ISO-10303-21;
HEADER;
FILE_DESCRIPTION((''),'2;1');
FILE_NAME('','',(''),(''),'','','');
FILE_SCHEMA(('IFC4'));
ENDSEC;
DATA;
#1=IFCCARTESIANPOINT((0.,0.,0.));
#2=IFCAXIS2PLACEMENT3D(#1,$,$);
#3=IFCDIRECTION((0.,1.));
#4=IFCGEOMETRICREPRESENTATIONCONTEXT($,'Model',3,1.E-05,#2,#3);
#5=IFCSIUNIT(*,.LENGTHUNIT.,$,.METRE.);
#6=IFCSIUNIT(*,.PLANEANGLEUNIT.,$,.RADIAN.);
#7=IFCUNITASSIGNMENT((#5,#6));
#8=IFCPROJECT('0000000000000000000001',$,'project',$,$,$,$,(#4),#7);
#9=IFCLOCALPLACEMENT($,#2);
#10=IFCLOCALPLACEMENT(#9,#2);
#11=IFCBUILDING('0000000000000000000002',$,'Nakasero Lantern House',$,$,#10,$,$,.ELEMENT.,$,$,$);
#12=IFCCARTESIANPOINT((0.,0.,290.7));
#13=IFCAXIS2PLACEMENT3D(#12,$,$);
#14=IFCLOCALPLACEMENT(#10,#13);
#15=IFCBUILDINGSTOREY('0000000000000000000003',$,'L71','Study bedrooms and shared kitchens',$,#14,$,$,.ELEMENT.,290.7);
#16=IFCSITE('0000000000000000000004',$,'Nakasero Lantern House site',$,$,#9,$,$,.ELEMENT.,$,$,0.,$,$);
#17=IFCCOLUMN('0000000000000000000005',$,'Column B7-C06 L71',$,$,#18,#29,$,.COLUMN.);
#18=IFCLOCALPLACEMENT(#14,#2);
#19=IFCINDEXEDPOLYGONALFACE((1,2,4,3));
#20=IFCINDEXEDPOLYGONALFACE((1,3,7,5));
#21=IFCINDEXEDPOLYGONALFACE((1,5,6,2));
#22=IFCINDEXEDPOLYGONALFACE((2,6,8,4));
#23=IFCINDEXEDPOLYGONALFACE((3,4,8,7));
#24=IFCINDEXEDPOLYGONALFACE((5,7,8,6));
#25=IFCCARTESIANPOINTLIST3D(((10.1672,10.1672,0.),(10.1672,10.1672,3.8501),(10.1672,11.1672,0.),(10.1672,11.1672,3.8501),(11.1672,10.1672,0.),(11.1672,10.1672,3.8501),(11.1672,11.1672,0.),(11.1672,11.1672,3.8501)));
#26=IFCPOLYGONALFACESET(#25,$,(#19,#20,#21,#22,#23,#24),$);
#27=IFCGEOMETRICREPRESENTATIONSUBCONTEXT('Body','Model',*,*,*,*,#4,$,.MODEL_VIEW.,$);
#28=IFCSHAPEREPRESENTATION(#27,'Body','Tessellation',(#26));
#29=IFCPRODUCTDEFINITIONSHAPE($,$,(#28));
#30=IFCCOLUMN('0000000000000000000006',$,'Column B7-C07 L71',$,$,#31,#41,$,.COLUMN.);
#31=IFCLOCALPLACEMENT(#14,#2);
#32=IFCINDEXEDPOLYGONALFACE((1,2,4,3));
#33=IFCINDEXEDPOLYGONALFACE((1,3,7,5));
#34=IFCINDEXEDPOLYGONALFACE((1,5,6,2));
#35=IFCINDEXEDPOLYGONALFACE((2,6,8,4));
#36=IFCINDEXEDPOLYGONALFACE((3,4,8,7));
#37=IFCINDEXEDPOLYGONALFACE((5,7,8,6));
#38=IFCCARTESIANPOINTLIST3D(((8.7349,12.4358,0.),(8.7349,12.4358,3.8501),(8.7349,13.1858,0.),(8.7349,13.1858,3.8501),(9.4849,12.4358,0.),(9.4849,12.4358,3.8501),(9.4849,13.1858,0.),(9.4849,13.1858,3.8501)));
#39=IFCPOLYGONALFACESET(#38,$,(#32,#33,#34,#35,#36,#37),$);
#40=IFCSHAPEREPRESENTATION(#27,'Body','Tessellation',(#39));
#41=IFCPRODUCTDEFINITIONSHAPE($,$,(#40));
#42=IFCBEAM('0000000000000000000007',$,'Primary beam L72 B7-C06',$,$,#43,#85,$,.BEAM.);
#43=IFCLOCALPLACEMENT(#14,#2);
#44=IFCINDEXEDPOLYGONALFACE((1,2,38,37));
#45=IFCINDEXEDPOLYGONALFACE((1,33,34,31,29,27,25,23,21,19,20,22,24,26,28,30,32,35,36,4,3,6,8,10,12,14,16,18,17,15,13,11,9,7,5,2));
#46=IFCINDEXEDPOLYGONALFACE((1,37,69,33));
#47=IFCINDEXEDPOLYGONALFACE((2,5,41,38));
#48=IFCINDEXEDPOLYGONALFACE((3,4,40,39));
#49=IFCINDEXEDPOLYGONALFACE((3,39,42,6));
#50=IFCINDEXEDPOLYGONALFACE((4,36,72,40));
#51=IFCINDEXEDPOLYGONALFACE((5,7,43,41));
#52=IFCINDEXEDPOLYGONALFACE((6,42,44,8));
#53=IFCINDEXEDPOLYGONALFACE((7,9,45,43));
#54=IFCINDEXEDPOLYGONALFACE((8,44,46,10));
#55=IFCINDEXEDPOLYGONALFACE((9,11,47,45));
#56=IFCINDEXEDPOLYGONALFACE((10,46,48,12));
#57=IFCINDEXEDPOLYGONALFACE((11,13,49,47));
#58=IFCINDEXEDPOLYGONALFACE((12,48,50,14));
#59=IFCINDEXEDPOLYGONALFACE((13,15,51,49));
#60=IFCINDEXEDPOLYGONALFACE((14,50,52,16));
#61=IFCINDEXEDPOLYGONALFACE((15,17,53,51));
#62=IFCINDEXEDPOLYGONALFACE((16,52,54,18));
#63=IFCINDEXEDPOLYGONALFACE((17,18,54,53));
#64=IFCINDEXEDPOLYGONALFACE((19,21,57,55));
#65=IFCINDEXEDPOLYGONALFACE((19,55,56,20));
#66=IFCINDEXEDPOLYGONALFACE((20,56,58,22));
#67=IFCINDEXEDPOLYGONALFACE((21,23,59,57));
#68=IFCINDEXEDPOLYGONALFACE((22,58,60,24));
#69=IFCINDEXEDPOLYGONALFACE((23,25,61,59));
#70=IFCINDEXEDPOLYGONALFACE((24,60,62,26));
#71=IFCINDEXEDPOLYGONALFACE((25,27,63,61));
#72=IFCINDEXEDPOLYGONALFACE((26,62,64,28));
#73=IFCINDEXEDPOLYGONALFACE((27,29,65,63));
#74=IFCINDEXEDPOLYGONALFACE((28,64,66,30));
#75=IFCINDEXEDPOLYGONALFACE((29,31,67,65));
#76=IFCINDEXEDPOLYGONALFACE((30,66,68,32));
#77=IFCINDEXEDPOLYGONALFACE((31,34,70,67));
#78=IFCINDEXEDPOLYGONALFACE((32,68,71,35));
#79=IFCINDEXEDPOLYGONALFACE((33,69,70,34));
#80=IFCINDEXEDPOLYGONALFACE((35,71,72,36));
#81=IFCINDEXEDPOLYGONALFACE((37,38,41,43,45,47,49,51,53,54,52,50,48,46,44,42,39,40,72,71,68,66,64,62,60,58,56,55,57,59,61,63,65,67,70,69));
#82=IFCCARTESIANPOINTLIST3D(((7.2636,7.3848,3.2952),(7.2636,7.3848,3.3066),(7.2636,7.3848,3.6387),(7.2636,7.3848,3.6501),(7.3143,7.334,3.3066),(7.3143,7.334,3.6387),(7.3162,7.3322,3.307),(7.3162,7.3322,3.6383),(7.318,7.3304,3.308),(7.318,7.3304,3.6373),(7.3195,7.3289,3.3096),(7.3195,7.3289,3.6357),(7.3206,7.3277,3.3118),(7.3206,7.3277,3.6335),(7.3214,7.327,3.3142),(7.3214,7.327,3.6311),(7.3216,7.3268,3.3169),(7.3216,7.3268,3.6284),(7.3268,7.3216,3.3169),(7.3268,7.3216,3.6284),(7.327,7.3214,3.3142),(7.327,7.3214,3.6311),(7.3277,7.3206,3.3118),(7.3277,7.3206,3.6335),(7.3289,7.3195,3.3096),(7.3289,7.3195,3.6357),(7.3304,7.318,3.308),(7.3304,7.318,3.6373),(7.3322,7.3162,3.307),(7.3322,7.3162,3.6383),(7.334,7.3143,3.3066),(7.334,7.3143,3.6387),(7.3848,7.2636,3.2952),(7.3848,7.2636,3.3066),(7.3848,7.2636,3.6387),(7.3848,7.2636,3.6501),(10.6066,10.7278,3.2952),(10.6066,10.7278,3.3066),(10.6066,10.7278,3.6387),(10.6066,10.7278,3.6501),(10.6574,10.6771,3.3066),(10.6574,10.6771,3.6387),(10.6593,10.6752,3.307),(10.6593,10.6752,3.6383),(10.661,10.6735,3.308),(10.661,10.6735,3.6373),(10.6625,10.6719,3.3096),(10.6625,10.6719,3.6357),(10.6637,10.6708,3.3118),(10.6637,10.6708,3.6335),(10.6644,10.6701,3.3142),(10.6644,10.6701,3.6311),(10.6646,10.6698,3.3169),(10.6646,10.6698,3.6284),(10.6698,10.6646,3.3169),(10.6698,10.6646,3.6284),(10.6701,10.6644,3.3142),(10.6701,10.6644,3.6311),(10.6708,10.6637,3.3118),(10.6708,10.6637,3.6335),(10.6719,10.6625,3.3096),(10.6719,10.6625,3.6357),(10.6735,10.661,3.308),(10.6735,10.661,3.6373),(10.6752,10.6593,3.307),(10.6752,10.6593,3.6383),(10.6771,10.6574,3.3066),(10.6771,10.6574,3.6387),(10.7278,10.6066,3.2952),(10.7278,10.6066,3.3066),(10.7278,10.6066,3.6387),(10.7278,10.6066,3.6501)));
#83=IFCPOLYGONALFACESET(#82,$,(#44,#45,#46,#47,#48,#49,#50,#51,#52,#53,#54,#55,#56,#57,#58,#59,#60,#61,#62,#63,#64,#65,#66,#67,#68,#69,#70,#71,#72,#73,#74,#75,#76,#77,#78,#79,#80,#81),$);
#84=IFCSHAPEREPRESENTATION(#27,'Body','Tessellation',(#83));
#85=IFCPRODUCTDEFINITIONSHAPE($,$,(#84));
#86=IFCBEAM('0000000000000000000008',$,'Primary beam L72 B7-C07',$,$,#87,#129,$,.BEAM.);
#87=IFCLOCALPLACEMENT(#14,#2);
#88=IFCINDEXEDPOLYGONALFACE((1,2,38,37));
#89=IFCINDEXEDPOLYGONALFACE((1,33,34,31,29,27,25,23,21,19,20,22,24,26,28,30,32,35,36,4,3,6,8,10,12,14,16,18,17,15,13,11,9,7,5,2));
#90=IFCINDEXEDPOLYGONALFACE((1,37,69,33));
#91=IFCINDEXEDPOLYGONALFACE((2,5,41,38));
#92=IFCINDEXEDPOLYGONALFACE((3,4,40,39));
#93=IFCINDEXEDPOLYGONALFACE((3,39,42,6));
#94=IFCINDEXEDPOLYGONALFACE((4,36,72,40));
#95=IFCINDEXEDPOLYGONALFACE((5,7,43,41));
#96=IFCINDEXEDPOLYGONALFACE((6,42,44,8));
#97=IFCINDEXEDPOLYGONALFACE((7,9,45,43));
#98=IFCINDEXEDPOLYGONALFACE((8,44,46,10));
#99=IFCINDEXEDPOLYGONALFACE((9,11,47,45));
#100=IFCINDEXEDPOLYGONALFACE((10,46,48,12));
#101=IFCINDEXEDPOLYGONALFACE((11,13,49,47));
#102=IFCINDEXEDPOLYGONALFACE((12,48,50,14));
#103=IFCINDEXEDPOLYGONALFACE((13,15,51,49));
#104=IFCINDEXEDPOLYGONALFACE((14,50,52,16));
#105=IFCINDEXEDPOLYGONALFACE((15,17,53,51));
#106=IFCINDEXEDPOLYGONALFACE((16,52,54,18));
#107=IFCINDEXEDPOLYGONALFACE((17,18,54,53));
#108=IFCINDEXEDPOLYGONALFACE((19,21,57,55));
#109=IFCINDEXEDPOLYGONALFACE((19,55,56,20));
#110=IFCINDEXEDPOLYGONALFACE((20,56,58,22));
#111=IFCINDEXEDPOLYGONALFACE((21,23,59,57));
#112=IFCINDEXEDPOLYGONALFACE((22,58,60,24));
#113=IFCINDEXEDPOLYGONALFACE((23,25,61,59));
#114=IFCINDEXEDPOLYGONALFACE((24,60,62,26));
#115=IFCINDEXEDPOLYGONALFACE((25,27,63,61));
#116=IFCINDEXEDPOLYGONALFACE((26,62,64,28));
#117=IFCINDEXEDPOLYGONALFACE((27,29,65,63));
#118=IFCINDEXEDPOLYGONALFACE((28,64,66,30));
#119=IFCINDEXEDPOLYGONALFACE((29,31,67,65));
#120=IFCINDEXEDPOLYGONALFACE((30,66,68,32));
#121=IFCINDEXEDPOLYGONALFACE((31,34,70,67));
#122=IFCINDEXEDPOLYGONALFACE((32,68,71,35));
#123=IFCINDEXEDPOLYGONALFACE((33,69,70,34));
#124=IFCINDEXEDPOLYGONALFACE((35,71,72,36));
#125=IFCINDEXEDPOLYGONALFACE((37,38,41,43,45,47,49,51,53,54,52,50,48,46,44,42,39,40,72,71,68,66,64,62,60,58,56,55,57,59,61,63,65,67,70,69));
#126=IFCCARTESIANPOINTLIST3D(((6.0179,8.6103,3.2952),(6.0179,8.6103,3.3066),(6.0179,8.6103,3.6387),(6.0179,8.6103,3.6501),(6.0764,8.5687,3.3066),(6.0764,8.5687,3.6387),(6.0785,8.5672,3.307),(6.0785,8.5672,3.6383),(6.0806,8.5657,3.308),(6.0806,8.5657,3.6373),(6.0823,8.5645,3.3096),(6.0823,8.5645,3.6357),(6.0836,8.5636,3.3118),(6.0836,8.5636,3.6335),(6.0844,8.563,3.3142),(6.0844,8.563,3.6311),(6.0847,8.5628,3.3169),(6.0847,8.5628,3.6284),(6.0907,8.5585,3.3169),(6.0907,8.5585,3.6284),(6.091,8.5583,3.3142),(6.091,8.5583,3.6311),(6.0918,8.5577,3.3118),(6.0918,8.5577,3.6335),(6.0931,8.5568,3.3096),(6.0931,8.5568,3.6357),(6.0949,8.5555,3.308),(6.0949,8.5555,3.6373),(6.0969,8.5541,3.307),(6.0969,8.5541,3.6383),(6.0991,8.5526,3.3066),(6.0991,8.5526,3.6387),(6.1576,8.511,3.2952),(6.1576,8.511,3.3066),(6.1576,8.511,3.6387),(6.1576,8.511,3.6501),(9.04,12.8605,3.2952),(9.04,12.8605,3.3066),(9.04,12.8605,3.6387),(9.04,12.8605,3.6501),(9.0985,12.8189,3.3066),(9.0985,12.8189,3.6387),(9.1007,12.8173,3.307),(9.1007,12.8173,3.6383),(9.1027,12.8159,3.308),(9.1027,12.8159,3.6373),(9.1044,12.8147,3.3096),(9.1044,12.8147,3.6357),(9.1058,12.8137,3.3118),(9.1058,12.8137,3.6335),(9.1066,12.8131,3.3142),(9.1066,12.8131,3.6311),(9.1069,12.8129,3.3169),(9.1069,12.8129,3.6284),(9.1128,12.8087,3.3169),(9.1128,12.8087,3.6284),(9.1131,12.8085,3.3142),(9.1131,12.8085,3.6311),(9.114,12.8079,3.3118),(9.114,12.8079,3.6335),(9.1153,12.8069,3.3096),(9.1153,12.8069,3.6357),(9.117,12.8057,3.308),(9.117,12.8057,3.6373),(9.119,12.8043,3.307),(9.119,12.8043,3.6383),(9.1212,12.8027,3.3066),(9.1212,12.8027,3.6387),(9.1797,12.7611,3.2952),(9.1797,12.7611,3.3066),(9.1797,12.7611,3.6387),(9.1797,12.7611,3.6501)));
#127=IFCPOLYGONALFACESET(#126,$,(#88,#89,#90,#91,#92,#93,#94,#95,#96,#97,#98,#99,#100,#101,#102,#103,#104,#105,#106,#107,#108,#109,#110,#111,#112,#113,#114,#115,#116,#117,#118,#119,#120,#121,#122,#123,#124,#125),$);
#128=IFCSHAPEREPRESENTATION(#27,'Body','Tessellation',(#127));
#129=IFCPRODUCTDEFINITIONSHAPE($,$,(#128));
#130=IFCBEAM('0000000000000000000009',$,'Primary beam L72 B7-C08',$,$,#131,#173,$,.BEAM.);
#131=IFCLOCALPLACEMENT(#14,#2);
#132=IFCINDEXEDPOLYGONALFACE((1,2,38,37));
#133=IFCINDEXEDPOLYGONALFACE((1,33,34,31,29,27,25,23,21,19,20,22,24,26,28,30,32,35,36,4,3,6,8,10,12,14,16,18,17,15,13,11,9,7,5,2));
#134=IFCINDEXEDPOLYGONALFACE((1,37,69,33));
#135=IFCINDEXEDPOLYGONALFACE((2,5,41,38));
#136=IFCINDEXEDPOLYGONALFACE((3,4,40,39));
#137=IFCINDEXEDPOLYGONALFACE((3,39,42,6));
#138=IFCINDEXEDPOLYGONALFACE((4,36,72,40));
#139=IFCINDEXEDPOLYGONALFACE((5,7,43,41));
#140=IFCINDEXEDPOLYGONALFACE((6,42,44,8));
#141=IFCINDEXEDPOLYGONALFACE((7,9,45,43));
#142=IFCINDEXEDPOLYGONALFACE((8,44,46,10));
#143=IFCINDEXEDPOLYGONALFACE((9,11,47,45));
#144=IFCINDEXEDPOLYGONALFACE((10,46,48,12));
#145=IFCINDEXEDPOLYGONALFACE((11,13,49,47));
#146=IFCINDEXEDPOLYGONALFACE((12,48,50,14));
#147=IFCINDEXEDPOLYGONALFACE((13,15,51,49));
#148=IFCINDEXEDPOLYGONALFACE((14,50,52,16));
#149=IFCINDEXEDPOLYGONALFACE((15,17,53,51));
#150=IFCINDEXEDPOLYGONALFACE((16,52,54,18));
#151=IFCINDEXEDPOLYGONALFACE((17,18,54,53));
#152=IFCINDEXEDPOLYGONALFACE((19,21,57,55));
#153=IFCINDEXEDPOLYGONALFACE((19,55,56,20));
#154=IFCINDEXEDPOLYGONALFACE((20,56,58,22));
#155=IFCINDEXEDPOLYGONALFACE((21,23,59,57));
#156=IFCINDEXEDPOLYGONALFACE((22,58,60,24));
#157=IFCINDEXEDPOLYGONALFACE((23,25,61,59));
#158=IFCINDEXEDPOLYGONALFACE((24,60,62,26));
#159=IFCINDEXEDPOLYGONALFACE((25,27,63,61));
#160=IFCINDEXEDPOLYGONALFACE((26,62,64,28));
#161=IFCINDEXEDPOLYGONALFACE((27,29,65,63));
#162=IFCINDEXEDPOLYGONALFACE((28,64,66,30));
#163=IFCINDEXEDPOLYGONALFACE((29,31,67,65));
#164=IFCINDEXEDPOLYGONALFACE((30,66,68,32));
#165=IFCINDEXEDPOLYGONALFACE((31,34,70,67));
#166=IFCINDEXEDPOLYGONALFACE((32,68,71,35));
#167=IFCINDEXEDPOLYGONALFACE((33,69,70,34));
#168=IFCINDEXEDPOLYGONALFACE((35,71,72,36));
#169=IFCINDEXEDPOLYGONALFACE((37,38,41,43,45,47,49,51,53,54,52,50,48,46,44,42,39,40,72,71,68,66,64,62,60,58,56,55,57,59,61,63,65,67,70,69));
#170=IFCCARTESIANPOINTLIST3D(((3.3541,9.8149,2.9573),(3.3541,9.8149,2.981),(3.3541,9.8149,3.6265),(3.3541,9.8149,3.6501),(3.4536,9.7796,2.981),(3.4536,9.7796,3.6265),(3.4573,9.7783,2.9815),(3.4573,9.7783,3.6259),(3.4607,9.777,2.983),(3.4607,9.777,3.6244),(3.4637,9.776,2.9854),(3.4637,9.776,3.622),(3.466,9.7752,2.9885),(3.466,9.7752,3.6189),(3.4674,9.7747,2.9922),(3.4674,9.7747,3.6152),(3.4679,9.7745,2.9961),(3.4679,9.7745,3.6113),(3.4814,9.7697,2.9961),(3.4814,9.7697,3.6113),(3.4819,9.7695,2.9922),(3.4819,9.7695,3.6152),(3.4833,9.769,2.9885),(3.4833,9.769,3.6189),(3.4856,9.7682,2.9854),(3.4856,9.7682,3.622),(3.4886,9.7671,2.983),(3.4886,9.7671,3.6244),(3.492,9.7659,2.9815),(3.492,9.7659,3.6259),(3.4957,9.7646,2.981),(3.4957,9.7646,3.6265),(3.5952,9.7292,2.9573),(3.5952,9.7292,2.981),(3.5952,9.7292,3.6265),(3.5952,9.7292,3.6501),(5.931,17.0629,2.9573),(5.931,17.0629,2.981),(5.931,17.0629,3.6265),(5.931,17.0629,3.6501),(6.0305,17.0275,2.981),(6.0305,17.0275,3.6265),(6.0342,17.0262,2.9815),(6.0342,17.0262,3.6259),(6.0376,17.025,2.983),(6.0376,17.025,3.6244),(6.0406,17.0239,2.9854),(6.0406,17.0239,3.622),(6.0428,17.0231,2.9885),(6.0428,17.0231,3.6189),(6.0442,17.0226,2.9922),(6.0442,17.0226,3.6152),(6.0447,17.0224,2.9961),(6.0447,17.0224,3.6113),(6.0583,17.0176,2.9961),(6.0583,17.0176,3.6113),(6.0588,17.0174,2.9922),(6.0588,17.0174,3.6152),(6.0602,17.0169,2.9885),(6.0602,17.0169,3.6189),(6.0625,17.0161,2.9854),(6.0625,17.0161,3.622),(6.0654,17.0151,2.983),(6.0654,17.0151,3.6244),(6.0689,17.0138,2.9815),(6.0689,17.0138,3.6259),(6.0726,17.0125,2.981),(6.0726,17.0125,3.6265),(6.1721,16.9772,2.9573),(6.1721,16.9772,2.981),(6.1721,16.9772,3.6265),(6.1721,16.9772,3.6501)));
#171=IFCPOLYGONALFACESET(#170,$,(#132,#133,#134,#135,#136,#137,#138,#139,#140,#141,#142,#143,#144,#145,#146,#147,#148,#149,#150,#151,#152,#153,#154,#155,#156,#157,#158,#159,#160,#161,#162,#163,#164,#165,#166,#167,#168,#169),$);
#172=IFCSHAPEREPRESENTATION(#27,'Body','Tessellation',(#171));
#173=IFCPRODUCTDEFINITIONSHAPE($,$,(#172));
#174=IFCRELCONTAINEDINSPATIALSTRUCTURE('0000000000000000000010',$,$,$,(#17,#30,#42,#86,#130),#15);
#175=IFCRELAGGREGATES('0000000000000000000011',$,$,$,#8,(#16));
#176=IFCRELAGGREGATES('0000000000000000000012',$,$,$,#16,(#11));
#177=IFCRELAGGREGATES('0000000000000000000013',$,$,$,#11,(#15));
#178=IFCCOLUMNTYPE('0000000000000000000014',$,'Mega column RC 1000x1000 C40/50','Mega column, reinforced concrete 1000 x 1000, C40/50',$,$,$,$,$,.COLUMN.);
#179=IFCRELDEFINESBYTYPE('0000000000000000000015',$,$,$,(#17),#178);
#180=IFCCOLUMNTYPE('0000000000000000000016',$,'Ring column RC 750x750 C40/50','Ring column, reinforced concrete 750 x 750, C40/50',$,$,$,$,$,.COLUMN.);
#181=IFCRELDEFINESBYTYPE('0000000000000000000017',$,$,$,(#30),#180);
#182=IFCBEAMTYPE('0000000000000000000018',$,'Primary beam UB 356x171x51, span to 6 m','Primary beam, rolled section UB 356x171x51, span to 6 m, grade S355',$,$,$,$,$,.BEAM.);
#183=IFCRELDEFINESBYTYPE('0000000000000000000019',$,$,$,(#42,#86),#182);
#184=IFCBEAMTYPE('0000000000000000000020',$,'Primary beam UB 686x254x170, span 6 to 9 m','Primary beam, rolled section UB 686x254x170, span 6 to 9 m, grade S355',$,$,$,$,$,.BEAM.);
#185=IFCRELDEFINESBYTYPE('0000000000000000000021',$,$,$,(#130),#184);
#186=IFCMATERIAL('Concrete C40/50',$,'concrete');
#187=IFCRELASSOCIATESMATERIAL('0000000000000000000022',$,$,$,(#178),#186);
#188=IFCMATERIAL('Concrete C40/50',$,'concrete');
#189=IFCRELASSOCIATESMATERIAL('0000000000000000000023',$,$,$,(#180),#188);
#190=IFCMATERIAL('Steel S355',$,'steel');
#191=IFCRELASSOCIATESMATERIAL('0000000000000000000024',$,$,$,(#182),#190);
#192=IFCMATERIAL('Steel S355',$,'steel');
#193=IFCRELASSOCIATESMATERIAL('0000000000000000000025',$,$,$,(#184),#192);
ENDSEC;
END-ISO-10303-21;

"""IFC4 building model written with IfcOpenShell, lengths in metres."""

from ifc_helpers import new_model, si_unit, direction, frame, origin, origin_2d, place, context, subcontext, project, spatial, rectangle, i_section, extrude, material, material_profile, profile_set, type_object, element, save


model = new_model("IFC4")

# Units and contexts
model_context = context("Model", 3, precision=1e-05, world=origin(), true_north=direction((0.0, 1.0)))
body_context = subcontext(model_context, "Body", "Model", "MODEL_VIEW")
ifc_project = project(units=[si_unit("LENGTHUNIT", "METRE"), si_unit("PLANEANGLEUNIT", "RADIAN")], contexts=[model_context])

# Site, building, storey
site_placement = place(None, origin())
site = spatial("IfcSite", under=ifc_project, at=site_placement, Name="Nakasero Lantern House site", CompositionType="ELEMENT", RefElevation=0.0)
building_placement = place(site_placement, origin())
building = spatial("IfcBuilding", under=site, at=building_placement, Name="Nakasero Lantern House", CompositionType="ELEMENT")
storey_placement = place(building_placement, frame((0.0, 0.0, 290.7)))
storey = spatial("IfcBuildingStorey", under=building, at=storey_placement, Name="L71", Description="Study bedrooms and shared kitchens", CompositionType="ELEMENT", Elevation=290.7)

# Columns
ifc_material_1 = material(Name="Concrete C40/50", Category="concrete")
ifc_material_profile_1 = material_profile(ifc_material_1, rectangle(XDim=1.0, YDim=1.0, at=origin_2d()), Name="RC 1000x1000")
ifc_profile_set_1 = profile_set([ifc_material_profile_1], Name="Concrete C40/50")
column_type_1 = type_object("IfcColumnType", Name="Mega column RC 1000x1000 C40/50", Description="Mega column, reinforced concrete 1000 x 1000, C40/50", PredefinedType="COLUMN", material=ifc_profile_set_1)
column_1_placement = place(storey_placement, frame((10.6672, 10.6672, 0.0), z_axis=(0.0, 0.0, 1.0), x_axis=(1.0, 0.0, 0.0)))
element("IfcColumn", 1, at=column_1_placement, inside=storey, type_object=column_type_1, Name="Column B7-C06 L71", PredefinedType="COLUMN", context=body_context, shape_type="SweptSolid", body=[
    extrude(rectangle(XDim=1.0, YDim=1.0, at=origin_2d()), origin(), (0.0, 0.0, 1.0), 3.8501),
])
ifc_material_2 = material(Name="Concrete C40/50", Category="concrete")
ifc_material_profile_2 = material_profile(ifc_material_2, rectangle(XDim=0.75, YDim=0.75, at=origin_2d()), Name="RC 750x750")
ifc_profile_set_2 = profile_set([ifc_material_profile_2], Name="Concrete C40/50")
column_type_2 = type_object("IfcColumnType", Name="Ring column RC 750x750 C40/50", Description="Ring column, reinforced concrete 750 x 750, C40/50", PredefinedType="COLUMN", material=ifc_profile_set_2)
column_2_placement = place(storey_placement, frame((9.1099, 12.8108, 0.0), z_axis=(0.0, 0.0, 1.0), x_axis=(1.0, 0.0, 0.0)))
element("IfcColumn", 2, at=column_2_placement, inside=storey, type_object=column_type_2, Name="Column B7-C07 L71", PredefinedType="COLUMN", context=body_context, shape_type="SweptSolid", body=[
    extrude(rectangle(XDim=0.75, YDim=0.75, at=origin_2d()), origin(), (0.0, 0.0, 1.0), 3.8501),
])

# Beams
ifc_material_3 = material(Name="Steel S355", Category="steel")
ifc_material_profile_3 = material_profile(ifc_material_3, i_section(OverallWidth=0.1714, OverallDepth=0.355, WebThickness=0.0073, FlangeThickness=0.0115, FilletRadius=0.0103, at=origin_2d()), Name="UB 356x171x51")
ifc_profile_set_3 = profile_set([ifc_material_profile_3], Name="Steel S355")
beam_type_1 = type_object("IfcBeamType", Name="Primary beam UB 356x171x51, span to 6 m", Description="Primary beam, rolled section UB 356x171x51, span to 6 m, grade S355", PredefinedType="BEAM", material=ifc_profile_set_3)
beam_1_placement = place(storey_placement, frame((10.6672, 10.6672, 3.4727), z_axis=(-0.707107, -0.707107, 0.0), x_axis=(0.707107, -0.707107, 0.0)))
element("IfcBeam", 3, at=beam_1_placement, inside=storey, type_object=beam_type_1, Name="Primary beam L72 B7-C06", PredefinedType="BEAM", context=body_context, shape_type="SweptSolid", body=[
    extrude(i_section(OverallWidth=0.1714, OverallDepth=0.355, WebThickness=0.0073, FlangeThickness=0.0115, FilletRadius=0.0103, at=origin_2d()), origin(), (0.0, 0.0, 1.0), 4.7278),
])
beam_2_placement = place(storey_placement, frame((9.1099, 12.8108, 3.4727), z_axis=(-0.579501, -0.814972, 0.0), x_axis=(0.814972, -0.579501, 0.0)))
element("IfcBeam", 4, at=beam_2_placement, inside=storey, type_object=beam_type_1, Name="Primary beam L72 B7-C07", PredefinedType="BEAM", context=body_context, shape_type="SweptSolid", body=[
    extrude(i_section(OverallWidth=0.1714, OverallDepth=0.355, WebThickness=0.0073, FlangeThickness=0.0115, FilletRadius=0.0103, at=origin_2d()), origin(), (0.0, 0.0, 1.0), 5.2151),
])
ifc_material_4 = material(Name="Steel S355", Category="steel")
ifc_material_profile_4 = material_profile(ifc_material_4, i_section(OverallWidth=0.2559, OverallDepth=0.6929, WebThickness=0.0144, FlangeThickness=0.0237, FilletRadius=0.0151, at=origin_2d()), Name="UB 686x254x170")
ifc_profile_set_4 = profile_set([ifc_material_profile_4], Name="Steel S355")
beam_type_2 = type_object("IfcBeamType", Name="Primary beam UB 686x254x170, span 6 to 9 m", Description="Primary beam, rolled section UB 686x254x170, span 6 to 9 m, grade S355", PredefinedType="BEAM", material=ifc_profile_set_4)
beam_3_placement = place(storey_placement, frame((6.0515, 17.02, 3.3037), z_axis=(-0.334989, -0.942222, 0.0), x_axis=(0.942222, -0.334989, 0.0)))
element("IfcBeam", 5, at=beam_3_placement, inside=storey, type_object=beam_type_2, Name="Primary beam L72 B7-C08", PredefinedType="BEAM", context=body_context, shape_type="SweptSolid", body=[
    extrude(i_section(OverallWidth=0.2559, OverallDepth=0.6929, WebThickness=0.0144, FlangeThickness=0.0237, FilletRadius=0.0151, at=origin_2d()), origin(), (0.0, 0.0, 1.0), 7.6924),
])

save(model, "model.ifc")
